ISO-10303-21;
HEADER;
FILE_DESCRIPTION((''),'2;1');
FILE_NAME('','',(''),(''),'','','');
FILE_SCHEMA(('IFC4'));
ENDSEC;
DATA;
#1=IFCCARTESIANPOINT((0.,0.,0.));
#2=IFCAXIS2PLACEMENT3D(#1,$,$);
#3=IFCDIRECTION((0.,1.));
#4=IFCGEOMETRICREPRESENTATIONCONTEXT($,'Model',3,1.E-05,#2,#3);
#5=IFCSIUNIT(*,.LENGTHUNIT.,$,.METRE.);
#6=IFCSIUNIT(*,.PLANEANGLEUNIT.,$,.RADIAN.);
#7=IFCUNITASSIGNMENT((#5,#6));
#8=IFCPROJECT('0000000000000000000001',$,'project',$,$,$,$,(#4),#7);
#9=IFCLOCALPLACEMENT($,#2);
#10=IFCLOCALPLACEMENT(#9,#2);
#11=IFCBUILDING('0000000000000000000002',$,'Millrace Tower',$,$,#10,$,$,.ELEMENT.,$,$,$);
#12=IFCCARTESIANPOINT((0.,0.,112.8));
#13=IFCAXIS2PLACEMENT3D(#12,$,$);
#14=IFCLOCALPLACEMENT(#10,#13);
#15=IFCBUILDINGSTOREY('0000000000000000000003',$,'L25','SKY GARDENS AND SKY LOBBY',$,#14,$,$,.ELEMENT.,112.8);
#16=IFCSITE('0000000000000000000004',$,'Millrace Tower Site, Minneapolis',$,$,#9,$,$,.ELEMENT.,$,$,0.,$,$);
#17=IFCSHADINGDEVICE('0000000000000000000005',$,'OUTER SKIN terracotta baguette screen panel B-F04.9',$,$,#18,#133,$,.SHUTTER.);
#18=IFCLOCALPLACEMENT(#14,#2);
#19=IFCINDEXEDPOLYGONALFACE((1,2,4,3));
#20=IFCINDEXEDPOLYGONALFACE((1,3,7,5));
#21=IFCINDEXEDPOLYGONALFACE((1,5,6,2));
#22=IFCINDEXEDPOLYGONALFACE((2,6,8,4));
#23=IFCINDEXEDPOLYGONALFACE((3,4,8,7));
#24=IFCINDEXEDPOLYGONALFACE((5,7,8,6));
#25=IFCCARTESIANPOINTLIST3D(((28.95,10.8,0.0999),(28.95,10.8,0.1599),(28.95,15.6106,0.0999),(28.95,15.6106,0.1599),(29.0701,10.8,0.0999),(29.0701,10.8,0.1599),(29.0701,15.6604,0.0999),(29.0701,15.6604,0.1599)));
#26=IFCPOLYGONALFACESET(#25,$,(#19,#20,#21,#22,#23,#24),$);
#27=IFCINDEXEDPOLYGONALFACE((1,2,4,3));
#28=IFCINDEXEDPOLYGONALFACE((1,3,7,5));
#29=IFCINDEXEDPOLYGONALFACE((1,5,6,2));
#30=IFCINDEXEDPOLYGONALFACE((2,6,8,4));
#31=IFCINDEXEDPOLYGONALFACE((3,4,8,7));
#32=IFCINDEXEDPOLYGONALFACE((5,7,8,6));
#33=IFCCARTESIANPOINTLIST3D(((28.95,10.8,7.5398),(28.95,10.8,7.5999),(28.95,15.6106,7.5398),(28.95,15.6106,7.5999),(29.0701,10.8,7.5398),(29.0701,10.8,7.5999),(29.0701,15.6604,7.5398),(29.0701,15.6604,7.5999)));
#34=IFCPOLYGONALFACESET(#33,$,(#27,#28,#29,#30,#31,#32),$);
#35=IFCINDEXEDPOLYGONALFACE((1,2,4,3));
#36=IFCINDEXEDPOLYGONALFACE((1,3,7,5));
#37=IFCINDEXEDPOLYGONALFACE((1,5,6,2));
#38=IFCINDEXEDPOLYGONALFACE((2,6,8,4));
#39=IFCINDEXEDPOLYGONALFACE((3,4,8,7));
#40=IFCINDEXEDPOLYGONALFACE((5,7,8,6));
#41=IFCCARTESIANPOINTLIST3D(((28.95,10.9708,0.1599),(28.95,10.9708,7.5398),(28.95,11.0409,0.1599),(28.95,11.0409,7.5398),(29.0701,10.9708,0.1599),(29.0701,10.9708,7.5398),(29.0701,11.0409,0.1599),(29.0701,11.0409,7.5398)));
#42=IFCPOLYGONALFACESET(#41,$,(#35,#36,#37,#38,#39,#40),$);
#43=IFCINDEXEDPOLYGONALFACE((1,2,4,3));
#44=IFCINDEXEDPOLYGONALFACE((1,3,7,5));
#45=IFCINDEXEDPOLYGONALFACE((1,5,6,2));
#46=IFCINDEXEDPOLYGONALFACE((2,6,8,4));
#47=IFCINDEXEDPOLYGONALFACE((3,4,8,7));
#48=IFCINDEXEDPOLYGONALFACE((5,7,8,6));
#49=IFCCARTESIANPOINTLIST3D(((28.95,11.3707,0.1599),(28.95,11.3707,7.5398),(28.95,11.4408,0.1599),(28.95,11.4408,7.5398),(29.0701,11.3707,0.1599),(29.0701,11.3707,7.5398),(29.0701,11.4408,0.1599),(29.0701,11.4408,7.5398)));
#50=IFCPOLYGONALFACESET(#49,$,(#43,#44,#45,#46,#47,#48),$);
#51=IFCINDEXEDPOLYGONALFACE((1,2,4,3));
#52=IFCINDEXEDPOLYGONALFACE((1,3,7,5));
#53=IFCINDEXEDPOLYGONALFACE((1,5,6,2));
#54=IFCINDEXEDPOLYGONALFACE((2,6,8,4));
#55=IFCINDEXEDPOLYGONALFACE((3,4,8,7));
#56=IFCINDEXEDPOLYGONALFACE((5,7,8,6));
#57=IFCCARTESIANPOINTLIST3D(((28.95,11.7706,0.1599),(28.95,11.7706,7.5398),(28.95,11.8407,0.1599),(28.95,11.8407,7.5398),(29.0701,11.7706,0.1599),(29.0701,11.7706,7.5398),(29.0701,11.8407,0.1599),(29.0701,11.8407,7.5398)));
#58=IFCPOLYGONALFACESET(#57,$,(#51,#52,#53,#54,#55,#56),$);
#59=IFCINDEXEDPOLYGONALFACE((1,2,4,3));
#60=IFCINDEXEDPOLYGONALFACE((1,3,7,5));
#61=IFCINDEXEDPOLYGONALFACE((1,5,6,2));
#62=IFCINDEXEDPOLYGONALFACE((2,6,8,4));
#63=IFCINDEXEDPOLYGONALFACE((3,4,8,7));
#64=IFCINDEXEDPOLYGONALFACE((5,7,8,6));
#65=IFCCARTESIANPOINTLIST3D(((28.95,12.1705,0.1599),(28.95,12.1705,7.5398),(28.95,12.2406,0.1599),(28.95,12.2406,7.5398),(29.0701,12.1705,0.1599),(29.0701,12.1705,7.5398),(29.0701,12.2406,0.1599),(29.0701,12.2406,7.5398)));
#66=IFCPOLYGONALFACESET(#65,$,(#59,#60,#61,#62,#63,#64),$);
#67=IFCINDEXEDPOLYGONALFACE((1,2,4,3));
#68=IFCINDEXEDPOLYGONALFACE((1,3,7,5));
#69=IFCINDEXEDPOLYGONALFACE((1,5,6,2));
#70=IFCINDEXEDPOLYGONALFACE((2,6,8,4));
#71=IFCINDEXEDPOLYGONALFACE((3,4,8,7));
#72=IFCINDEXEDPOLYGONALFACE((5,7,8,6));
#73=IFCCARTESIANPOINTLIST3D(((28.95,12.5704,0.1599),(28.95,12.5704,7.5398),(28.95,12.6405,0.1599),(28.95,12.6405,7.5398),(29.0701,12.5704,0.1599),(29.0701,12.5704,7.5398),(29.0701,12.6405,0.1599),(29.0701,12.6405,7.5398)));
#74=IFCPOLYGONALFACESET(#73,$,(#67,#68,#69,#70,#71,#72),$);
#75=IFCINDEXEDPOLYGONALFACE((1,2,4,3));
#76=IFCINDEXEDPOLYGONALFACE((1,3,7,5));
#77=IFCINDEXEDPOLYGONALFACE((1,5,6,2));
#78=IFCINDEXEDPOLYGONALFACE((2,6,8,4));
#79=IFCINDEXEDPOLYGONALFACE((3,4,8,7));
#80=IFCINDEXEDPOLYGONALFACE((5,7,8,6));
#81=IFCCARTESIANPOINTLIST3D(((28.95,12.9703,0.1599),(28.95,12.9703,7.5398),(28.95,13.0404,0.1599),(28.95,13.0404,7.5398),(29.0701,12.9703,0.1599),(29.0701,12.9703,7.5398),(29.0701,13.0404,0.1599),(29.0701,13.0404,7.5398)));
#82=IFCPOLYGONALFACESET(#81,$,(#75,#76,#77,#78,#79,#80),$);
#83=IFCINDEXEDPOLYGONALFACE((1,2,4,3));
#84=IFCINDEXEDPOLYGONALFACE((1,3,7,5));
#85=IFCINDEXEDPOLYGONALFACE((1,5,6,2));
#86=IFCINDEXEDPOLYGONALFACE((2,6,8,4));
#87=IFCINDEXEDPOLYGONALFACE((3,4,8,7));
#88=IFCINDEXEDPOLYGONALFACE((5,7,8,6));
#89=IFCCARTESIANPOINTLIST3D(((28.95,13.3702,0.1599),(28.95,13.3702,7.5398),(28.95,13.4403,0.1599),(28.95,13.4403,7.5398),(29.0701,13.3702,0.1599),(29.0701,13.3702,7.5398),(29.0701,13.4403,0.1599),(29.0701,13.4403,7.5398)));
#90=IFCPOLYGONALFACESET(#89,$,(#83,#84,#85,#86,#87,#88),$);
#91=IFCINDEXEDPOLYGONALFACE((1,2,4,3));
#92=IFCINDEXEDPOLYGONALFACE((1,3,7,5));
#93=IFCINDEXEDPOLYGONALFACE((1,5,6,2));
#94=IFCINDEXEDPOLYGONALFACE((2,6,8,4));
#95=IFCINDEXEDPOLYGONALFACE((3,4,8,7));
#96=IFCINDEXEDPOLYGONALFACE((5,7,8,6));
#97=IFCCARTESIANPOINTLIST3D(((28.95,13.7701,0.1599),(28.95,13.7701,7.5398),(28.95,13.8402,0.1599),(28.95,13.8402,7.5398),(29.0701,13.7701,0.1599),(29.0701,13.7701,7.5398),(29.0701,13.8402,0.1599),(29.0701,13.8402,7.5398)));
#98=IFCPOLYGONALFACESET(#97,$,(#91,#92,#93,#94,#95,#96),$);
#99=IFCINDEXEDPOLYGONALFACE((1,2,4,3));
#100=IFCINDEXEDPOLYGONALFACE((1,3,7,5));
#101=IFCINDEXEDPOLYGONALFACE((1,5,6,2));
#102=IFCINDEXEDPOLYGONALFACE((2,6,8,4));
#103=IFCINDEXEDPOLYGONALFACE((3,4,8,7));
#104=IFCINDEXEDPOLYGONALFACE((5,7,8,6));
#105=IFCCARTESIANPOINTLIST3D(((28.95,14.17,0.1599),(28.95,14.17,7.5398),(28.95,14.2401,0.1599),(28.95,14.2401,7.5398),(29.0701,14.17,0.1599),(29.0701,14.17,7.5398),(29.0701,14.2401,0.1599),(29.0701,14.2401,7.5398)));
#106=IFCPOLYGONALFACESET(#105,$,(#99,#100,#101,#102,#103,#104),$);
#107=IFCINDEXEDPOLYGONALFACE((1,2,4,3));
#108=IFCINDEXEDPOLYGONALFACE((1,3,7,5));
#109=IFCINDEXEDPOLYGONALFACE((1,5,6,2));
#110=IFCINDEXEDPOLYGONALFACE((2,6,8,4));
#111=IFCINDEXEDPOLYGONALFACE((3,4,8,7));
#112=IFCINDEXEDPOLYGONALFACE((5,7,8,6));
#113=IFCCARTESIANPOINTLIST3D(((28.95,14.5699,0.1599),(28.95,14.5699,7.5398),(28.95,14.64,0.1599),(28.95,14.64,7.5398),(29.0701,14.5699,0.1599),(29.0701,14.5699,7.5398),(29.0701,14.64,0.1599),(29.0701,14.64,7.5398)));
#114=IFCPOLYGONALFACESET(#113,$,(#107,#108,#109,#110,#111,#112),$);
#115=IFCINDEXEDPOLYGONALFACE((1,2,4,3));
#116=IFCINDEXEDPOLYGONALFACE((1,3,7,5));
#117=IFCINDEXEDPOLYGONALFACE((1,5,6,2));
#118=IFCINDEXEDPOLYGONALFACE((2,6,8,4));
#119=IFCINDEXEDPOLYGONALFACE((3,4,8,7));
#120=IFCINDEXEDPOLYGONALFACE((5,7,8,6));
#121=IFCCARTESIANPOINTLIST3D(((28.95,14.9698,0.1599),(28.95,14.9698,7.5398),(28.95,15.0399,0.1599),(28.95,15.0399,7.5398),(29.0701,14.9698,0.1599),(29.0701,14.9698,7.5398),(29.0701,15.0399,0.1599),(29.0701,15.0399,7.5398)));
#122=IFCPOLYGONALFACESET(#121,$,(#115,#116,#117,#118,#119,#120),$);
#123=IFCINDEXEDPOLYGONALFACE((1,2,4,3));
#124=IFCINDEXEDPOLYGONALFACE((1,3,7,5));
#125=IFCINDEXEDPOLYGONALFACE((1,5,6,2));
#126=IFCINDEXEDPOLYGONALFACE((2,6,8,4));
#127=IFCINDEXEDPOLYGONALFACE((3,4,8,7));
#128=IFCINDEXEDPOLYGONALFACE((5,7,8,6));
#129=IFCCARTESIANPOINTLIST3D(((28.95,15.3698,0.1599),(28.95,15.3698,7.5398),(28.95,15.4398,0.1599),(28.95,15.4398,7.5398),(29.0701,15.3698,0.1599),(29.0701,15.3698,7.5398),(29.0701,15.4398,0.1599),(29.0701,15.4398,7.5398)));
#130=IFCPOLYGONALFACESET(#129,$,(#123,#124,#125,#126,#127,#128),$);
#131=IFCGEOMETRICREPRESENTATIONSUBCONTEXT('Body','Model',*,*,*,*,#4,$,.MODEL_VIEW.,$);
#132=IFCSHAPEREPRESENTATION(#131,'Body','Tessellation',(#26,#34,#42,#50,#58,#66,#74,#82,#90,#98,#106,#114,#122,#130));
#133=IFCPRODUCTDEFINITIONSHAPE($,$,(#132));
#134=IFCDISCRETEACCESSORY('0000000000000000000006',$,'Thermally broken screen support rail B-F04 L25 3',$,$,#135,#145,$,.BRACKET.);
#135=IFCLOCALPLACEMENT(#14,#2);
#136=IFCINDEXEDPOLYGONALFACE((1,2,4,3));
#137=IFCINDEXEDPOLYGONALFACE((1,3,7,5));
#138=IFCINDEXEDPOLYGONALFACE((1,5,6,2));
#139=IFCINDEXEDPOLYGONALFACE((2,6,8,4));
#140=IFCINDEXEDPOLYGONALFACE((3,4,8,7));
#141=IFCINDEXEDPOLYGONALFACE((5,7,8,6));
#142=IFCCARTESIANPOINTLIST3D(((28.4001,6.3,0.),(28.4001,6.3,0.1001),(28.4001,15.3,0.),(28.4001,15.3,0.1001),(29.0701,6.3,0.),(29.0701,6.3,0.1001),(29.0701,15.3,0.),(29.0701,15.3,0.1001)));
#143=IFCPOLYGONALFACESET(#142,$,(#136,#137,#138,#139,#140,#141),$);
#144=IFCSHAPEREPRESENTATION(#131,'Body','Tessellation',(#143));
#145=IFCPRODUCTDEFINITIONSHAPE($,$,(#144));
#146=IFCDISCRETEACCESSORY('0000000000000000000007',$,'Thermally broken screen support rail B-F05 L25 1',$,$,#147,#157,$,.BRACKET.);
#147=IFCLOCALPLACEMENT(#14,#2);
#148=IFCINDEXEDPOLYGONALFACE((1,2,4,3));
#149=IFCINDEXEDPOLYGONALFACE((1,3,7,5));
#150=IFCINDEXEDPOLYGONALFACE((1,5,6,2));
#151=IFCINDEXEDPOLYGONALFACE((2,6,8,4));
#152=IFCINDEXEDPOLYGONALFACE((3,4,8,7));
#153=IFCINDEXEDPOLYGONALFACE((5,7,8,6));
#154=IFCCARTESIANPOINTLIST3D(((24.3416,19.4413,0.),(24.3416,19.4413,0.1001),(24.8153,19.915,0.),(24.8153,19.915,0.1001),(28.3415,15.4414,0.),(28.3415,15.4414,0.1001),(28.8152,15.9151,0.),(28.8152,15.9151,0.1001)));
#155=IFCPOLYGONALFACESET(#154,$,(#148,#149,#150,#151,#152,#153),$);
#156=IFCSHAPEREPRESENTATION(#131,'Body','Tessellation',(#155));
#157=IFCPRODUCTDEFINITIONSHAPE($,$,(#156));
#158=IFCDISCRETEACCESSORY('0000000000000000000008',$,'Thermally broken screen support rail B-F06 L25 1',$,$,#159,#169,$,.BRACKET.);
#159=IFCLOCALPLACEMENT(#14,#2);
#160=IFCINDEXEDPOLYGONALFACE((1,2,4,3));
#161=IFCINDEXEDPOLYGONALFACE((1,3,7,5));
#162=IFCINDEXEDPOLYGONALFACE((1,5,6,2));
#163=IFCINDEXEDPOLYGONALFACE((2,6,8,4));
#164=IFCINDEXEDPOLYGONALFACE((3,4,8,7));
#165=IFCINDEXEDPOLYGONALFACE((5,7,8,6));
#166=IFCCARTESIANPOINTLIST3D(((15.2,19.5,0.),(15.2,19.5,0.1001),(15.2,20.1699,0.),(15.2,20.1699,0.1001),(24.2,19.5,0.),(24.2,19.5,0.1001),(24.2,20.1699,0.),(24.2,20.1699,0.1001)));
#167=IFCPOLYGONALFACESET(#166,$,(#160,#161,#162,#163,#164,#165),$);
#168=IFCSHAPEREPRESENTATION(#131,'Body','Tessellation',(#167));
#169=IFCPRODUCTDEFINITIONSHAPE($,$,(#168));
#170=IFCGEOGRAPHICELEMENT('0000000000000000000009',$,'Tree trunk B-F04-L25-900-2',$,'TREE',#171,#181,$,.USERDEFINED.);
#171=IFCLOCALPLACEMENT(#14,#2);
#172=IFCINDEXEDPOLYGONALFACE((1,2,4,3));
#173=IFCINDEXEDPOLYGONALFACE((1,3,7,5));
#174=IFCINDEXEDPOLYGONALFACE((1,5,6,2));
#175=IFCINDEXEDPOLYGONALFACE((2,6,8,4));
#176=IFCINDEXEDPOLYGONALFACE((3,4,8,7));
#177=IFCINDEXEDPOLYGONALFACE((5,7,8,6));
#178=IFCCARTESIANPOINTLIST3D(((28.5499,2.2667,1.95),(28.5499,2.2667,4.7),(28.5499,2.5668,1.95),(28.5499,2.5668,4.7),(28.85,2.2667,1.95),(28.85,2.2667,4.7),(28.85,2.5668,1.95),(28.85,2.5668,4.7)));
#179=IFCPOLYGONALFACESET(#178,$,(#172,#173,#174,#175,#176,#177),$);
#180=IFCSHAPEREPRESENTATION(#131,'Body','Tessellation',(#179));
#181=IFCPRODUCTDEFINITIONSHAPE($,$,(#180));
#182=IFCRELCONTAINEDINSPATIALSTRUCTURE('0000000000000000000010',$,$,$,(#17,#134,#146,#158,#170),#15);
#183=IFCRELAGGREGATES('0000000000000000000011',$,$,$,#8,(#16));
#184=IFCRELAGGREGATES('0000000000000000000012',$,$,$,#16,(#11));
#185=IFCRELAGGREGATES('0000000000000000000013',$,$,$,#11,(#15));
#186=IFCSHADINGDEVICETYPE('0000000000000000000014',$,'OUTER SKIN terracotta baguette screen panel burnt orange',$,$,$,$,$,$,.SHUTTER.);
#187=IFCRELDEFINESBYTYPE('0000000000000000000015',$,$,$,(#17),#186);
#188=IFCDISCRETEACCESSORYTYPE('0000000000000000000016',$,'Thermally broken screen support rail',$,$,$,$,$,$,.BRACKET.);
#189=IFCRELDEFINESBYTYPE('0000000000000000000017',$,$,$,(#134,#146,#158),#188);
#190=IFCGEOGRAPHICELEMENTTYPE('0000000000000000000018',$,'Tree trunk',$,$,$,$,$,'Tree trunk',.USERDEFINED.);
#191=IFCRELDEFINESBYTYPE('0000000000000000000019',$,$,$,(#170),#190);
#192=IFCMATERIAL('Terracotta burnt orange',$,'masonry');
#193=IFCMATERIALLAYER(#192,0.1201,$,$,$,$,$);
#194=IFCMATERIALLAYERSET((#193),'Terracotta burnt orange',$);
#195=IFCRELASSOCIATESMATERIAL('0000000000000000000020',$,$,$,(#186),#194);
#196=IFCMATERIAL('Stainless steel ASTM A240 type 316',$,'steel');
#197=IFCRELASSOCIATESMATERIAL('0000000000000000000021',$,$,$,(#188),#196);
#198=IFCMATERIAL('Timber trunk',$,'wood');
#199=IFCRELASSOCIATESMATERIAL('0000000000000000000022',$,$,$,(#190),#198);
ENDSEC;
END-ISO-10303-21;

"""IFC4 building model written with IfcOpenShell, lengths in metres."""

from ifc_helpers import new_model, entity, si_unit, direction, frame, frame_2d, origin, origin_2d, place, context, subcontext, project, spatial, rectangle, extrude, source, transform, mapped, material, layer, layer_set, type_object, element, save


model = new_model("IFC4")

# Units and contexts
model_context = context("Model", 3, precision=1e-05, world=origin(), true_north=direction((0.0, 1.0)))
body_context = subcontext(model_context, "Body", "Model", "MODEL_VIEW")
ifc_project = project(units=[si_unit("LENGTHUNIT", "METRE"), si_unit("PLANEANGLEUNIT", "RADIAN")], contexts=[model_context])

# Site, building, storey
site_placement = place(None, origin())
site = spatial("IfcSite", under=ifc_project, at=site_placement, Name="Millrace Tower Site, Minneapolis", CompositionType="ELEMENT", RefElevation=0.0)
building_placement = place(site_placement, origin())
building = spatial("IfcBuilding", under=site, at=building_placement, Name="Millrace Tower", CompositionType="ELEMENT")
storey_placement = place(building_placement, frame((0.0, 0.0, 112.8)))
storey = spatial("IfcBuildingStorey", under=building, at=storey_placement, Name="L25", Description="SKY GARDENS AND SKY LOBBY", CompositionType="ELEMENT", Elevation=112.8)

# Shading device
ifc_material_1 = material(Name="Terracotta burnt orange", Category="masonry")
ifc_layer_1 = layer(ifc_material_1, 0.1201)
ifc_layer_set_1 = layer_set([ifc_layer_1], Name="Terracotta burnt orange")
shading_device_type = type_object("IfcShadingDeviceType", Name="OUTER SKIN terracotta baguette screen panel burnt orange", PredefinedType="SHUTTER", material=ifc_layer_set_1)
cartesian_point_1 = entity("IfcCartesianPoint", [-2.4177, 0.0601])
shared_polyline_1 = entity("IfcPolyline", [cartesian_point_1, entity("IfcCartesianPoint", [2.3928, 0.0601]), entity("IfcCartesianPoint", [2.4426, -0.0601]), entity("IfcCartesianPoint", [-2.4177, -0.0601]), cartesian_point_1])
shared_shape_1 = source(origin(), body_context, "Body", "SweptSolid", [
    entity("IfcExtrudedAreaSolid", entity("IfcArbitraryClosedProfileDef", "AREA", None, shared_polyline_1), entity("IfcAxis2Placement3D", entity("IfcCartesianPoint", [0.0, 0.0, 0.0])), entity("IfcDirection", [0.0, 0.0, 1.0]), 0.0601),
    entity("IfcExtrudedAreaSolid", entity("IfcArbitraryClosedProfileDef", "AREA", None, shared_polyline_1), entity("IfcAxis2Placement3D", entity("IfcCartesianPoint", [0.0, 0.0, 7.4399])), entity("IfcDirection", [0.0, 0.0, 1.0]), 0.0601),
    extrude(rectangle(XDim=0.0701, YDim=0.1201, at=frame_2d((-2.2119, 0.0))), frame((0.0, 0.0, 0.0601)), (0.0, 0.0, 1.0), 7.3799),
    extrude(rectangle(XDim=0.0701, YDim=0.1201, at=frame_2d((-1.812, 0.0))), frame((0.0, 0.0, 0.0601)), (0.0, 0.0, 1.0), 7.3799),
    extrude(rectangle(XDim=0.0701, YDim=0.1201, at=frame_2d((-1.4121, 0.0))), frame((0.0, 0.0, 0.0601)), (0.0, 0.0, 1.0), 7.3799),
    extrude(rectangle(XDim=0.0701, YDim=0.1201, at=frame_2d((-1.0122, 0.0))), frame((0.0, 0.0, 0.0601)), (0.0, 0.0, 1.0), 7.3799),
    extrude(rectangle(XDim=0.0701, YDim=0.1201, at=frame_2d((-0.6123, 0.0))), frame((0.0, 0.0, 0.0601)), (0.0, 0.0, 1.0), 7.3799),
    extrude(rectangle(XDim=0.0701, YDim=0.1201, at=frame_2d((-0.2124, 0.0))), frame((0.0, 0.0, 0.0601)), (0.0, 0.0, 1.0), 7.3799),
    extrude(rectangle(XDim=0.0701, YDim=0.1201, at=frame_2d((0.1875, 0.0))), frame((0.0, 0.0, 0.0601)), (0.0, 0.0, 1.0), 7.3799),
    extrude(rectangle(XDim=0.0701, YDim=0.1201, at=frame_2d((0.5874, 0.0))), frame((0.0, 0.0, 0.0601)), (0.0, 0.0, 1.0), 7.3799),
    extrude(rectangle(XDim=0.0701, YDim=0.1201, at=frame_2d((0.9873, 0.0))), frame((0.0, 0.0, 0.0601)), (0.0, 0.0, 1.0), 7.3799),
    extrude(rectangle(XDim=0.0701, YDim=0.1201, at=frame_2d((1.3872, 0.0))), frame((0.0, 0.0, 0.0601)), (0.0, 0.0, 1.0), 7.3799),
    extrude(rectangle(XDim=0.0701, YDim=0.1201, at=frame_2d((1.7871, 0.0))), frame((0.0, 0.0, 0.0601)), (0.0, 0.0, 1.0), 7.3799),
    extrude(rectangle(XDim=0.0701, YDim=0.1201, at=frame_2d((2.187, 0.0))), frame((0.0, 0.0, 0.0601)), (0.0, 0.0, 1.0), 7.3799),
])
shading_device_1_placement = place(storey_placement, frame((29.01, 13.2178, 0.0999), z_axis=(0.0, 0.0, 1.0), x_axis=(0.0, 1.0, 0.0)))
element("IfcShadingDevice", 1, at=shading_device_1_placement, inside=storey, type_object=shading_device_type, Name="OUTER SKIN terracotta baguette screen panel B-F04.9", PredefinedType="SHUTTER", context=body_context, shape_type="MappedRepresentation", body=[
    mapped(shared_shape_1, transform((0.0, 0.0, 0.0), scale=1.0)),
])

# Discrete accessories
ifc_material_2 = material(Name="Stainless steel ASTM A240 type 316", Category="steel")
discrete_accessory_type = type_object("IfcDiscreteAccessoryType", Name="Thermally broken screen support rail", PredefinedType="BRACKET", material=ifc_material_2)
discrete_accessory_1_placement = place(storey_placement, frame((28.7351, 10.8, 0.0), z_axis=(0.0, 0.0, 1.0), x_axis=(0.0, 1.0, 0.0)))
element("IfcDiscreteAccessory", 2, at=discrete_accessory_1_placement, inside=storey, type_object=discrete_accessory_type, Name="Thermally broken screen support rail B-F04 L25 3", PredefinedType="BRACKET", context=body_context, shape_type="SweptSolid", body=[
    extrude(rectangle(XDim=9.0, YDim=0.6699, at=origin_2d()), origin(), (0.0, 0.0, 1.0), 0.1001),
])
discrete_accessory_2_placement = place(storey_placement, frame((26.5784, 17.6782, 0.0), z_axis=(0.0, 0.0, 1.0), x_axis=(-0.707107, 0.707107, 0.0)))
element("IfcDiscreteAccessory", 3, at=discrete_accessory_2_placement, inside=storey, type_object=discrete_accessory_type, Name="Thermally broken screen support rail B-F05 L25 1", PredefinedType="BRACKET", context=body_context, shape_type="SweptSolid", body=[
    extrude(rectangle(XDim=5.6567, YDim=0.6699, at=origin_2d()), origin(), (0.0, 0.0, 1.0), 0.1001),
])
discrete_accessory_3_placement = place(storey_placement, frame((19.7, 19.835, 0.0), z_axis=(0.0, 0.0, 1.0), x_axis=(-1.0, 0.0, 0.0)))
element("IfcDiscreteAccessory", 4, at=discrete_accessory_3_placement, inside=storey, type_object=discrete_accessory_type, Name="Thermally broken screen support rail B-F06 L25 1", PredefinedType="BRACKET", context=body_context, shape_type="SweptSolid", body=[
    extrude(rectangle(XDim=9.0, YDim=0.6699, at=origin_2d()), origin(), (0.0, 0.0, 1.0), 0.1001),
])

# Geographic element
ifc_material_3 = material(Name="Timber trunk", Category="wood")
geographic_element_type = type_object("IfcGeographicElementType", Name="Tree trunk", ElementType="Tree trunk", PredefinedType="USERDEFINED", material=ifc_material_3)
geographic_element_placement = place(storey_placement, frame((28.7, 2.4167, 1.95), z_axis=(0.0, 0.0, 1.0), x_axis=(1.0, 0.0, 0.0)))
element("IfcGeographicElement", 5, at=geographic_element_placement, inside=storey, type_object=geographic_element_type, Name="Tree trunk B-F04-L25-900-2", ObjectType="TREE", PredefinedType="USERDEFINED", context=body_context, shape_type="SweptSolid", body=[
    extrude(rectangle(XDim=0.3, YDim=0.3, at=origin_2d()), origin(), (0.0, 0.0, 1.0), 2.75),
])

save(model, "model.ifc")
